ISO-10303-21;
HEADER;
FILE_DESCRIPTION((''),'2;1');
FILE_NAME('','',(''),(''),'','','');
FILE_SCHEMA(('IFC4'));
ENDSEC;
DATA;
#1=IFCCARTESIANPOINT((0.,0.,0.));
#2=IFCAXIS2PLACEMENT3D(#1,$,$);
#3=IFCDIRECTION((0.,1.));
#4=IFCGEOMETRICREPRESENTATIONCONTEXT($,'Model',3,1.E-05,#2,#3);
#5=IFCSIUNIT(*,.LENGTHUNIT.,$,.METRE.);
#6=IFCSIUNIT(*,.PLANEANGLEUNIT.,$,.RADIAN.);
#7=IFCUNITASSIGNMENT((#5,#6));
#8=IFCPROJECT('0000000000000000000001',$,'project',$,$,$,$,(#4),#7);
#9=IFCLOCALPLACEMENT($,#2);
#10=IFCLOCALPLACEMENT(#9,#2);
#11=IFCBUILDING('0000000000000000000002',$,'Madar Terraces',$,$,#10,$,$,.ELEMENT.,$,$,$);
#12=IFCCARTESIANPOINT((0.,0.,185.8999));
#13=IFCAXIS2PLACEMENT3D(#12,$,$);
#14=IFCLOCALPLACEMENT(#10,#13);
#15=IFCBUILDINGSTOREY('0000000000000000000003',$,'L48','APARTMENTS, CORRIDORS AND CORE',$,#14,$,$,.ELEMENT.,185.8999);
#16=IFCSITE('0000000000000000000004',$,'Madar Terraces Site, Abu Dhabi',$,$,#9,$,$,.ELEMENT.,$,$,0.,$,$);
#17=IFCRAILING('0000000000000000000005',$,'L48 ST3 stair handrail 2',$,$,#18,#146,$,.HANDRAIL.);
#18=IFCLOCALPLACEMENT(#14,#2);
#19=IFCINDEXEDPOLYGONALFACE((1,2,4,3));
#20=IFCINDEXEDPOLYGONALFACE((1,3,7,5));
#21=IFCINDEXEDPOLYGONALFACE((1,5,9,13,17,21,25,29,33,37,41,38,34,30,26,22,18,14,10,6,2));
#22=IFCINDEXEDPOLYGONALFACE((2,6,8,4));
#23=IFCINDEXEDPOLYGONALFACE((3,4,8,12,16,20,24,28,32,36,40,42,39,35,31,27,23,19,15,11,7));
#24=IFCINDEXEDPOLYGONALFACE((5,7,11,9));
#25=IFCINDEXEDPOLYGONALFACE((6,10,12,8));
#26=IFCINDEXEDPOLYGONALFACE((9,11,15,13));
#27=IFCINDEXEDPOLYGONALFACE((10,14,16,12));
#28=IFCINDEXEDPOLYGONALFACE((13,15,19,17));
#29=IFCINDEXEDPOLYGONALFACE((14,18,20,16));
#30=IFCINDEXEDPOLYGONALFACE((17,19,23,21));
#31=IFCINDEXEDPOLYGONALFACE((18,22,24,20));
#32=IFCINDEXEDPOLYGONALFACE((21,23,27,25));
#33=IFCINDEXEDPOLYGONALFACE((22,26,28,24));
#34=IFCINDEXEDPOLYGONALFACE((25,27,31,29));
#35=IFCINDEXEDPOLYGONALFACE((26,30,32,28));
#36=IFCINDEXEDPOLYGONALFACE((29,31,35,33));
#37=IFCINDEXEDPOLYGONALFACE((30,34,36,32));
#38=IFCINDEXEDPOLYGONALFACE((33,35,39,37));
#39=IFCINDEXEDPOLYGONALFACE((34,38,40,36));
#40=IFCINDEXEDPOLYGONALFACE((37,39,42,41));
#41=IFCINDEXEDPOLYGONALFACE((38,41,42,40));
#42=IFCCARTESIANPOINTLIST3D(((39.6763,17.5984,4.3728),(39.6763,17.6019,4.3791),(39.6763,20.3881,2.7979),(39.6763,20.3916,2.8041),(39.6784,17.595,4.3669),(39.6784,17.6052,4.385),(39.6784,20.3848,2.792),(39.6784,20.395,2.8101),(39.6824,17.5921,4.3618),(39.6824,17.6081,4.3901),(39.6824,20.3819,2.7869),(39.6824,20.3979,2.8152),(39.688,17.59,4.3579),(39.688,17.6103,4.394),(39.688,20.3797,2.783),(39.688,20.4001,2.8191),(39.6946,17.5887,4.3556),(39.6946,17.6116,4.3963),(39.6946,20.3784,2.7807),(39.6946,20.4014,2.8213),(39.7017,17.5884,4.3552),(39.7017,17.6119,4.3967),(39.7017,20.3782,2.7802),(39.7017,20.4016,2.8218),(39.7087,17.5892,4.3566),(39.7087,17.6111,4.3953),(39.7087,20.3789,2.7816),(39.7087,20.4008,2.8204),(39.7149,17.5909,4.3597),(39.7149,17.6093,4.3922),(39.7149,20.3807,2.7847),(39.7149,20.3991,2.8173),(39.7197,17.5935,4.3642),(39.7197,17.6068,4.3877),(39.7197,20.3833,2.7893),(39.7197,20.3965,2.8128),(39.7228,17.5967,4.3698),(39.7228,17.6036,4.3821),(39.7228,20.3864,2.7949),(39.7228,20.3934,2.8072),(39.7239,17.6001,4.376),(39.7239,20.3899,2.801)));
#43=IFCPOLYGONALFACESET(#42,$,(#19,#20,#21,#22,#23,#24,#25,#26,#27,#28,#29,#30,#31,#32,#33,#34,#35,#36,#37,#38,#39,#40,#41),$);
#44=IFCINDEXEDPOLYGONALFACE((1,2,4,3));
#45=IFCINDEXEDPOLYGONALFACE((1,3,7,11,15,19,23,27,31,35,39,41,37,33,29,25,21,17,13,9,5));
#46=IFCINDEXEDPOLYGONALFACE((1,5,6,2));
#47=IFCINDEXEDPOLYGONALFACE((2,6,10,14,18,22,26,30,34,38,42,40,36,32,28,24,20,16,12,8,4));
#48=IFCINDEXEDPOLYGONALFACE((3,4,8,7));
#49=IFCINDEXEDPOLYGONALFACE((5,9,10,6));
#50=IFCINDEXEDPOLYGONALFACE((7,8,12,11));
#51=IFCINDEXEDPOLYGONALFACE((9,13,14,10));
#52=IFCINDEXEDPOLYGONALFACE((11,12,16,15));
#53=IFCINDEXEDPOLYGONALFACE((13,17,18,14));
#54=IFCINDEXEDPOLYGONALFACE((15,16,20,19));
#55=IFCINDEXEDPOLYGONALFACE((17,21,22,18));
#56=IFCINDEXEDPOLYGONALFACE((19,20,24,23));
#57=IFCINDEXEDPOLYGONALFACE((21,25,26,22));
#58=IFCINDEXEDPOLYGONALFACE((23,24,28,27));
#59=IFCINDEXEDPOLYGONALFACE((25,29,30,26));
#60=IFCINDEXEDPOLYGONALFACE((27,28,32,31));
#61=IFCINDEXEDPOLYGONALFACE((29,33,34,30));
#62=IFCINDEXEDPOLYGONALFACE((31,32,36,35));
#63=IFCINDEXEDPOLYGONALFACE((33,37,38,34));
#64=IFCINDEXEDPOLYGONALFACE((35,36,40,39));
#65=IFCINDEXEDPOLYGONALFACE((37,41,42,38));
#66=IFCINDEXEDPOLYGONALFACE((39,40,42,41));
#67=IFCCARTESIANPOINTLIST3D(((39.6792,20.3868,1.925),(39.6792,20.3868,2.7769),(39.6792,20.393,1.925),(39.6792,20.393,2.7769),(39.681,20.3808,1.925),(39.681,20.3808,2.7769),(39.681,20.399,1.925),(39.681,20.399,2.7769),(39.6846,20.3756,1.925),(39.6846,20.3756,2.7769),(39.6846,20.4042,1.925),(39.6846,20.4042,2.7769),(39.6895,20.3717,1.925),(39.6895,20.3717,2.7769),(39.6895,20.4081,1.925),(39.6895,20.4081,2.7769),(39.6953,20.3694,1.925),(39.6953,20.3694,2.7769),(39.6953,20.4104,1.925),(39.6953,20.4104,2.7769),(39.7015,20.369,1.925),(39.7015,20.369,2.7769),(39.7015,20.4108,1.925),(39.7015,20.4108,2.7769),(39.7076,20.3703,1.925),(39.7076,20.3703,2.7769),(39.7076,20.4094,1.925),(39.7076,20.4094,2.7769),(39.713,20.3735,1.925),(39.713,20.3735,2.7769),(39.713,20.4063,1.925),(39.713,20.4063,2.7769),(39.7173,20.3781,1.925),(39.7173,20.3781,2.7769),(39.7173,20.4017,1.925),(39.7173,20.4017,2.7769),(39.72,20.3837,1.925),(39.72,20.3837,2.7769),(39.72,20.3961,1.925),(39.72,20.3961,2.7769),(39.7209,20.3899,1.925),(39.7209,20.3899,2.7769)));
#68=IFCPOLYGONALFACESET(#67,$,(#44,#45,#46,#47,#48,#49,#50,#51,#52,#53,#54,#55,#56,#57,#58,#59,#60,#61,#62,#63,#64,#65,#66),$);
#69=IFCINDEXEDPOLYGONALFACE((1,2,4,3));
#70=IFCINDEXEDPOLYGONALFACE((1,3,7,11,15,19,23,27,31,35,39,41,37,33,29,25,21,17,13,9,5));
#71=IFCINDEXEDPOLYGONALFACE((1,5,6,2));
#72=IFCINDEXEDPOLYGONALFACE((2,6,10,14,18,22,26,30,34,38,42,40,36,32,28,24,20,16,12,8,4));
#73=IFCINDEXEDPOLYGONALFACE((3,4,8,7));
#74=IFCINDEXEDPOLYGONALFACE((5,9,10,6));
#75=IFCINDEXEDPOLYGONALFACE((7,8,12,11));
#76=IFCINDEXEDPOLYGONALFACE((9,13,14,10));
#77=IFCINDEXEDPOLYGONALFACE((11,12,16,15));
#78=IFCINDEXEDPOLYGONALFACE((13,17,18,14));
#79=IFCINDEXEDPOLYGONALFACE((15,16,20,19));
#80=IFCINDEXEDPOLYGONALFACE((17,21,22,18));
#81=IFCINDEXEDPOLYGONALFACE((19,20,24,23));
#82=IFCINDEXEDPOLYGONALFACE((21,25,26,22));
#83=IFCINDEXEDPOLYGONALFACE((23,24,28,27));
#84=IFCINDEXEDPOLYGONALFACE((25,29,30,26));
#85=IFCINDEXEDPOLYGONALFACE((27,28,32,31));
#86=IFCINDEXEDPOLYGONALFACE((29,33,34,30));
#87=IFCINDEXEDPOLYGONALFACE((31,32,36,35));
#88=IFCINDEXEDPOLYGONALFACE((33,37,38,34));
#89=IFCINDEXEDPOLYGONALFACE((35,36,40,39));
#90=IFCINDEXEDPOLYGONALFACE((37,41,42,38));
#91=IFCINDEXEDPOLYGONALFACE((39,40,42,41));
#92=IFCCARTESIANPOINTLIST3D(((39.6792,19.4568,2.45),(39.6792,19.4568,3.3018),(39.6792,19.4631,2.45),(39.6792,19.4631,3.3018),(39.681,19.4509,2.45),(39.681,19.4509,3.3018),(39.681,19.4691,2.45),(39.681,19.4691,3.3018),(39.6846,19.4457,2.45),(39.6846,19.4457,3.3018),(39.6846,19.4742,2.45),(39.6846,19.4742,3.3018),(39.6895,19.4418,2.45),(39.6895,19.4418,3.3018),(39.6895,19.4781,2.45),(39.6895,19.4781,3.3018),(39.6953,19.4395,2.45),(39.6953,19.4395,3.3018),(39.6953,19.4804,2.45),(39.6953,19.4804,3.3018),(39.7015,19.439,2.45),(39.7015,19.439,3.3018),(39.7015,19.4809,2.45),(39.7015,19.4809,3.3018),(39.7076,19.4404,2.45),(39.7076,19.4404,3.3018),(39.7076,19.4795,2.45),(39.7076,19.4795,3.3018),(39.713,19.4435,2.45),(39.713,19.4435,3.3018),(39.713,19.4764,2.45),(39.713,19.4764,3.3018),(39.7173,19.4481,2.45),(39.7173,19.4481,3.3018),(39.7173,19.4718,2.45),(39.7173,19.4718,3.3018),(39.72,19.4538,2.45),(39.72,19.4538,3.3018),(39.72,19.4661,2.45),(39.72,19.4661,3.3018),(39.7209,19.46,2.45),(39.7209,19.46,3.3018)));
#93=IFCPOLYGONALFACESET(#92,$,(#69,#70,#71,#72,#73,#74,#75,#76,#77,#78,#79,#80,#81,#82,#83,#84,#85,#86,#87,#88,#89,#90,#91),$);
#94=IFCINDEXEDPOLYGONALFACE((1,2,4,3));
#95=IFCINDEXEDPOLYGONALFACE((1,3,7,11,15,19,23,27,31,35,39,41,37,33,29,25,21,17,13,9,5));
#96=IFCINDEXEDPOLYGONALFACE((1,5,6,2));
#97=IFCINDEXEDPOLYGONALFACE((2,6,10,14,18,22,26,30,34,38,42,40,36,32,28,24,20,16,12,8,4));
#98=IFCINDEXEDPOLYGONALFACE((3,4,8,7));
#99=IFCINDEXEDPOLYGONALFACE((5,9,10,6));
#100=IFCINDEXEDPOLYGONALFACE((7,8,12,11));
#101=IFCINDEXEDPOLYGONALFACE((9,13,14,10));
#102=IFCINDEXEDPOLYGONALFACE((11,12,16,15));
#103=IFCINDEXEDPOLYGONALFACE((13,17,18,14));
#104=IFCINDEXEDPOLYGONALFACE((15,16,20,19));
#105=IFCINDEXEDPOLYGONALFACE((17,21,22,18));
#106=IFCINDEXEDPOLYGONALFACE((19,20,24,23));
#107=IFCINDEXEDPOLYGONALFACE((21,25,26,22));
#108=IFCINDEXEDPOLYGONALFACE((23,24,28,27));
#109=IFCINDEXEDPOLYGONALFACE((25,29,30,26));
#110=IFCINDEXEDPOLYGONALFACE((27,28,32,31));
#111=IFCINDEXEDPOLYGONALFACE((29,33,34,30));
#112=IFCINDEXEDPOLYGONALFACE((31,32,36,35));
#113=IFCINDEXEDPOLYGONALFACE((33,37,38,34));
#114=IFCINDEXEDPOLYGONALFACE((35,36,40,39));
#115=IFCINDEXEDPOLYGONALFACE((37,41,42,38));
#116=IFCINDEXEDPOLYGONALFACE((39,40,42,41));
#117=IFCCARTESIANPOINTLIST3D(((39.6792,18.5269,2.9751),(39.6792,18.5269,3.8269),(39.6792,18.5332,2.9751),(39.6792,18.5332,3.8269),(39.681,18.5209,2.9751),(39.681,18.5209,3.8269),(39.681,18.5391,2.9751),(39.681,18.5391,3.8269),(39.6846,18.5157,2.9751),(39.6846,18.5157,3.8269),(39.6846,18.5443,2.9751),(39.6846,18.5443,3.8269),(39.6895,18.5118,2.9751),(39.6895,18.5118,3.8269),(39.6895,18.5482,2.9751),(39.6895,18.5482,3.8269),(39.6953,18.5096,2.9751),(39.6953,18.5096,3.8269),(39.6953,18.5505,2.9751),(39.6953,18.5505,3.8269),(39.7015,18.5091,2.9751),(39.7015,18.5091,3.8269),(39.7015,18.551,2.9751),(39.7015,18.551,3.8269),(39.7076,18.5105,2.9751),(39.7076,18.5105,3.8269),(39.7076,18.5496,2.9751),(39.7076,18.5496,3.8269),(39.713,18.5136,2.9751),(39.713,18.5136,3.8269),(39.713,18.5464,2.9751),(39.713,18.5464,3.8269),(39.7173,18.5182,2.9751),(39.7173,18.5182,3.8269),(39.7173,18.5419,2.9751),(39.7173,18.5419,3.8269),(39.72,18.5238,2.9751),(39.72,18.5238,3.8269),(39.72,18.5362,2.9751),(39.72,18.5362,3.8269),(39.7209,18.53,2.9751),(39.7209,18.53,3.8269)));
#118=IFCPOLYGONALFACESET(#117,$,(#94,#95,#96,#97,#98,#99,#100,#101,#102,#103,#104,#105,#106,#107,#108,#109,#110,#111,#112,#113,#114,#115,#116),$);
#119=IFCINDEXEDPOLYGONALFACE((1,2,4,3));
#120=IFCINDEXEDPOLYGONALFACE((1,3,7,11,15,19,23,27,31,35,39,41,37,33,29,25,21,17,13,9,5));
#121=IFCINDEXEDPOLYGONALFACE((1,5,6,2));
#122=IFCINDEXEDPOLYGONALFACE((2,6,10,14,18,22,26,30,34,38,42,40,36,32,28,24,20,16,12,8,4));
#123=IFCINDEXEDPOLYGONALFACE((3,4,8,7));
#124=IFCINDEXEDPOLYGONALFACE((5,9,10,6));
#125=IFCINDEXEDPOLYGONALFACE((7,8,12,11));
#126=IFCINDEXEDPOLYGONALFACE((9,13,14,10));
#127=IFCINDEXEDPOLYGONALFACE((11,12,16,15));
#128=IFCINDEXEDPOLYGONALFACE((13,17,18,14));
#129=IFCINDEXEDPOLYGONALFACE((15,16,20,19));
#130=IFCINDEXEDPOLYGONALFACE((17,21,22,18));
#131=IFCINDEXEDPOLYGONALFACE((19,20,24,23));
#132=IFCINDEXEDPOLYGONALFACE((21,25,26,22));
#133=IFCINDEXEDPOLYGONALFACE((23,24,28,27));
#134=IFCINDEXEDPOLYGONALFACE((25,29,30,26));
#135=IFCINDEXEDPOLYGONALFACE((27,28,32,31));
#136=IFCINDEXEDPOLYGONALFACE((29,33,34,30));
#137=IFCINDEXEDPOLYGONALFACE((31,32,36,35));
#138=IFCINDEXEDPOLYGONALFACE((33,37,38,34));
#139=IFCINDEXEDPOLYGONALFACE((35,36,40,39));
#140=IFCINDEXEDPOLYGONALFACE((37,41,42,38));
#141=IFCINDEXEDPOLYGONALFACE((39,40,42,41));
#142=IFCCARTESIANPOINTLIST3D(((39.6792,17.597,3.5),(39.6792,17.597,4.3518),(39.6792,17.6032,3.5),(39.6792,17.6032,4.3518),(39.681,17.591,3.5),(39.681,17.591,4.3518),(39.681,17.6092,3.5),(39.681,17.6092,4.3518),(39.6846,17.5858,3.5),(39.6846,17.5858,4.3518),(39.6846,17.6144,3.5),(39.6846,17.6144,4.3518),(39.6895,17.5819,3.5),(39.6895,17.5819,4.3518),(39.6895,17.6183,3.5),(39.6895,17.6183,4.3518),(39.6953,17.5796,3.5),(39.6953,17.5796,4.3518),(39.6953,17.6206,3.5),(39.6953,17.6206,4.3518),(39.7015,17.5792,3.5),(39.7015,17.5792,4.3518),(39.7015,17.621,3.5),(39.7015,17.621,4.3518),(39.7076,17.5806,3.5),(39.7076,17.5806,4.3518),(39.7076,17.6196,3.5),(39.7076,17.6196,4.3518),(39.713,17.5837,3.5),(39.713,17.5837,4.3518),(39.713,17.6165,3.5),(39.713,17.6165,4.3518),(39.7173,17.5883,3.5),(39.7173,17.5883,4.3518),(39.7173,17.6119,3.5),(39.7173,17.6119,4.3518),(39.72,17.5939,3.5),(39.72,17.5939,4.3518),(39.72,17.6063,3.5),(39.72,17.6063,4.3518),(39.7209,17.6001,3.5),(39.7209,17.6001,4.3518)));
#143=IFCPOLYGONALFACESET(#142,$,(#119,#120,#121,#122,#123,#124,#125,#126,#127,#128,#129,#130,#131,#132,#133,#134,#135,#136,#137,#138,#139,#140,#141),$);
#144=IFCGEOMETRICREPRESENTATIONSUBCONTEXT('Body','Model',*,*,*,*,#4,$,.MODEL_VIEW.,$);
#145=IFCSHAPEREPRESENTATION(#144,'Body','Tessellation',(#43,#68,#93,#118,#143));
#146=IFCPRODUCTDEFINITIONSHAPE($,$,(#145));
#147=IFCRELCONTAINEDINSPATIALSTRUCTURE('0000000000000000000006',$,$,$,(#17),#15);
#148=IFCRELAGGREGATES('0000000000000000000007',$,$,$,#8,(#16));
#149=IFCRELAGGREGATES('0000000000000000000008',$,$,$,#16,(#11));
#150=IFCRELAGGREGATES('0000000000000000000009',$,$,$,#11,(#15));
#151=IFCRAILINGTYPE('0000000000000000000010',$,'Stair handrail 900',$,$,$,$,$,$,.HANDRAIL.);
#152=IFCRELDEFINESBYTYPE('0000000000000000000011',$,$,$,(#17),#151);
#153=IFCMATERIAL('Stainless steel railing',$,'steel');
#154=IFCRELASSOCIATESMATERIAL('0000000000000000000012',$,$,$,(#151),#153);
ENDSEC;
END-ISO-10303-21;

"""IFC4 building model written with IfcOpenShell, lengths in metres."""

from ifc_helpers import new_model, si_unit, direction, frame, origin, origin_2d, place, context, subcontext, project, spatial, circle, extrude, material, type_object, element, save


model = new_model("IFC4")

# Units and contexts
model_context = context("Model", 3, precision=1e-05, world=origin(), true_north=direction((0.0, 1.0)))
body_context = subcontext(model_context, "Body", "Model", "MODEL_VIEW")
ifc_project = project(units=[si_unit("LENGTHUNIT", "METRE"), si_unit("PLANEANGLEUNIT", "RADIAN")], contexts=[model_context])

# Site, building, storey
site_placement = place(None, origin())
site = spatial("IfcSite", under=ifc_project, at=site_placement, Name="Madar Terraces Site, Abu Dhabi", CompositionType="ELEMENT", RefElevation=0.0)
building_placement = place(site_placement, origin())
building = spatial("IfcBuilding", under=site, at=building_placement, Name="Madar Terraces", CompositionType="ELEMENT")
storey_placement = place(building_placement, frame((0.0, 0.0, 185.8999)))
storey = spatial("IfcBuildingStorey", under=building, at=storey_placement, Name="L48", Description="APARTMENTS, CORRIDORS AND CORE", CompositionType="ELEMENT", Elevation=185.8999)

# Railing
ifc_material_1 = material(Name="Stainless steel railing", Category="steel")
railing_type_1 = type_object("IfcRailingType", Name="Stair handrail 900", PredefinedType="HANDRAIL", material=ifc_material_1)
railing_1_placement = place(storey_placement, frame((39.7, 20.3899, 1.925)))
element("IfcRailing", 1, at=railing_1_placement, inside=storey, type_object=railing_type_1, Name="L48 ST3 stair handrail 2", PredefinedType="HANDRAIL", context=body_context, shape_type="SweptSolid", body=[
    extrude(circle(Radius=0.0239, at=origin_2d()), frame((0.0, 0.0, 0.876), z_axis=(0.0, -0.870815, 0.49161), x_axis=(1.0, 0.0, 0.0)), (0.0, 0.0, 1.0), 3.2036),
    extrude(circle(Radius=0.021, at=origin_2d()), origin(), (0.0, 0.0, 1.0), 0.8518),
    extrude(circle(Radius=0.021, at=origin_2d()), frame((0.0, -0.9299, 0.5249)), (0.0, 0.0, 1.0), 0.8518),
    extrude(circle(Radius=0.021, at=origin_2d()), frame((0.0, -1.8599, 1.05)), (0.0, 0.0, 1.0), 0.8518),
    extrude(circle(Radius=0.021, at=origin_2d()), frame((0.0, -2.7898, 1.575)), (0.0, 0.0, 1.0), 0.8518),
])

save(model, "model.ifc")
